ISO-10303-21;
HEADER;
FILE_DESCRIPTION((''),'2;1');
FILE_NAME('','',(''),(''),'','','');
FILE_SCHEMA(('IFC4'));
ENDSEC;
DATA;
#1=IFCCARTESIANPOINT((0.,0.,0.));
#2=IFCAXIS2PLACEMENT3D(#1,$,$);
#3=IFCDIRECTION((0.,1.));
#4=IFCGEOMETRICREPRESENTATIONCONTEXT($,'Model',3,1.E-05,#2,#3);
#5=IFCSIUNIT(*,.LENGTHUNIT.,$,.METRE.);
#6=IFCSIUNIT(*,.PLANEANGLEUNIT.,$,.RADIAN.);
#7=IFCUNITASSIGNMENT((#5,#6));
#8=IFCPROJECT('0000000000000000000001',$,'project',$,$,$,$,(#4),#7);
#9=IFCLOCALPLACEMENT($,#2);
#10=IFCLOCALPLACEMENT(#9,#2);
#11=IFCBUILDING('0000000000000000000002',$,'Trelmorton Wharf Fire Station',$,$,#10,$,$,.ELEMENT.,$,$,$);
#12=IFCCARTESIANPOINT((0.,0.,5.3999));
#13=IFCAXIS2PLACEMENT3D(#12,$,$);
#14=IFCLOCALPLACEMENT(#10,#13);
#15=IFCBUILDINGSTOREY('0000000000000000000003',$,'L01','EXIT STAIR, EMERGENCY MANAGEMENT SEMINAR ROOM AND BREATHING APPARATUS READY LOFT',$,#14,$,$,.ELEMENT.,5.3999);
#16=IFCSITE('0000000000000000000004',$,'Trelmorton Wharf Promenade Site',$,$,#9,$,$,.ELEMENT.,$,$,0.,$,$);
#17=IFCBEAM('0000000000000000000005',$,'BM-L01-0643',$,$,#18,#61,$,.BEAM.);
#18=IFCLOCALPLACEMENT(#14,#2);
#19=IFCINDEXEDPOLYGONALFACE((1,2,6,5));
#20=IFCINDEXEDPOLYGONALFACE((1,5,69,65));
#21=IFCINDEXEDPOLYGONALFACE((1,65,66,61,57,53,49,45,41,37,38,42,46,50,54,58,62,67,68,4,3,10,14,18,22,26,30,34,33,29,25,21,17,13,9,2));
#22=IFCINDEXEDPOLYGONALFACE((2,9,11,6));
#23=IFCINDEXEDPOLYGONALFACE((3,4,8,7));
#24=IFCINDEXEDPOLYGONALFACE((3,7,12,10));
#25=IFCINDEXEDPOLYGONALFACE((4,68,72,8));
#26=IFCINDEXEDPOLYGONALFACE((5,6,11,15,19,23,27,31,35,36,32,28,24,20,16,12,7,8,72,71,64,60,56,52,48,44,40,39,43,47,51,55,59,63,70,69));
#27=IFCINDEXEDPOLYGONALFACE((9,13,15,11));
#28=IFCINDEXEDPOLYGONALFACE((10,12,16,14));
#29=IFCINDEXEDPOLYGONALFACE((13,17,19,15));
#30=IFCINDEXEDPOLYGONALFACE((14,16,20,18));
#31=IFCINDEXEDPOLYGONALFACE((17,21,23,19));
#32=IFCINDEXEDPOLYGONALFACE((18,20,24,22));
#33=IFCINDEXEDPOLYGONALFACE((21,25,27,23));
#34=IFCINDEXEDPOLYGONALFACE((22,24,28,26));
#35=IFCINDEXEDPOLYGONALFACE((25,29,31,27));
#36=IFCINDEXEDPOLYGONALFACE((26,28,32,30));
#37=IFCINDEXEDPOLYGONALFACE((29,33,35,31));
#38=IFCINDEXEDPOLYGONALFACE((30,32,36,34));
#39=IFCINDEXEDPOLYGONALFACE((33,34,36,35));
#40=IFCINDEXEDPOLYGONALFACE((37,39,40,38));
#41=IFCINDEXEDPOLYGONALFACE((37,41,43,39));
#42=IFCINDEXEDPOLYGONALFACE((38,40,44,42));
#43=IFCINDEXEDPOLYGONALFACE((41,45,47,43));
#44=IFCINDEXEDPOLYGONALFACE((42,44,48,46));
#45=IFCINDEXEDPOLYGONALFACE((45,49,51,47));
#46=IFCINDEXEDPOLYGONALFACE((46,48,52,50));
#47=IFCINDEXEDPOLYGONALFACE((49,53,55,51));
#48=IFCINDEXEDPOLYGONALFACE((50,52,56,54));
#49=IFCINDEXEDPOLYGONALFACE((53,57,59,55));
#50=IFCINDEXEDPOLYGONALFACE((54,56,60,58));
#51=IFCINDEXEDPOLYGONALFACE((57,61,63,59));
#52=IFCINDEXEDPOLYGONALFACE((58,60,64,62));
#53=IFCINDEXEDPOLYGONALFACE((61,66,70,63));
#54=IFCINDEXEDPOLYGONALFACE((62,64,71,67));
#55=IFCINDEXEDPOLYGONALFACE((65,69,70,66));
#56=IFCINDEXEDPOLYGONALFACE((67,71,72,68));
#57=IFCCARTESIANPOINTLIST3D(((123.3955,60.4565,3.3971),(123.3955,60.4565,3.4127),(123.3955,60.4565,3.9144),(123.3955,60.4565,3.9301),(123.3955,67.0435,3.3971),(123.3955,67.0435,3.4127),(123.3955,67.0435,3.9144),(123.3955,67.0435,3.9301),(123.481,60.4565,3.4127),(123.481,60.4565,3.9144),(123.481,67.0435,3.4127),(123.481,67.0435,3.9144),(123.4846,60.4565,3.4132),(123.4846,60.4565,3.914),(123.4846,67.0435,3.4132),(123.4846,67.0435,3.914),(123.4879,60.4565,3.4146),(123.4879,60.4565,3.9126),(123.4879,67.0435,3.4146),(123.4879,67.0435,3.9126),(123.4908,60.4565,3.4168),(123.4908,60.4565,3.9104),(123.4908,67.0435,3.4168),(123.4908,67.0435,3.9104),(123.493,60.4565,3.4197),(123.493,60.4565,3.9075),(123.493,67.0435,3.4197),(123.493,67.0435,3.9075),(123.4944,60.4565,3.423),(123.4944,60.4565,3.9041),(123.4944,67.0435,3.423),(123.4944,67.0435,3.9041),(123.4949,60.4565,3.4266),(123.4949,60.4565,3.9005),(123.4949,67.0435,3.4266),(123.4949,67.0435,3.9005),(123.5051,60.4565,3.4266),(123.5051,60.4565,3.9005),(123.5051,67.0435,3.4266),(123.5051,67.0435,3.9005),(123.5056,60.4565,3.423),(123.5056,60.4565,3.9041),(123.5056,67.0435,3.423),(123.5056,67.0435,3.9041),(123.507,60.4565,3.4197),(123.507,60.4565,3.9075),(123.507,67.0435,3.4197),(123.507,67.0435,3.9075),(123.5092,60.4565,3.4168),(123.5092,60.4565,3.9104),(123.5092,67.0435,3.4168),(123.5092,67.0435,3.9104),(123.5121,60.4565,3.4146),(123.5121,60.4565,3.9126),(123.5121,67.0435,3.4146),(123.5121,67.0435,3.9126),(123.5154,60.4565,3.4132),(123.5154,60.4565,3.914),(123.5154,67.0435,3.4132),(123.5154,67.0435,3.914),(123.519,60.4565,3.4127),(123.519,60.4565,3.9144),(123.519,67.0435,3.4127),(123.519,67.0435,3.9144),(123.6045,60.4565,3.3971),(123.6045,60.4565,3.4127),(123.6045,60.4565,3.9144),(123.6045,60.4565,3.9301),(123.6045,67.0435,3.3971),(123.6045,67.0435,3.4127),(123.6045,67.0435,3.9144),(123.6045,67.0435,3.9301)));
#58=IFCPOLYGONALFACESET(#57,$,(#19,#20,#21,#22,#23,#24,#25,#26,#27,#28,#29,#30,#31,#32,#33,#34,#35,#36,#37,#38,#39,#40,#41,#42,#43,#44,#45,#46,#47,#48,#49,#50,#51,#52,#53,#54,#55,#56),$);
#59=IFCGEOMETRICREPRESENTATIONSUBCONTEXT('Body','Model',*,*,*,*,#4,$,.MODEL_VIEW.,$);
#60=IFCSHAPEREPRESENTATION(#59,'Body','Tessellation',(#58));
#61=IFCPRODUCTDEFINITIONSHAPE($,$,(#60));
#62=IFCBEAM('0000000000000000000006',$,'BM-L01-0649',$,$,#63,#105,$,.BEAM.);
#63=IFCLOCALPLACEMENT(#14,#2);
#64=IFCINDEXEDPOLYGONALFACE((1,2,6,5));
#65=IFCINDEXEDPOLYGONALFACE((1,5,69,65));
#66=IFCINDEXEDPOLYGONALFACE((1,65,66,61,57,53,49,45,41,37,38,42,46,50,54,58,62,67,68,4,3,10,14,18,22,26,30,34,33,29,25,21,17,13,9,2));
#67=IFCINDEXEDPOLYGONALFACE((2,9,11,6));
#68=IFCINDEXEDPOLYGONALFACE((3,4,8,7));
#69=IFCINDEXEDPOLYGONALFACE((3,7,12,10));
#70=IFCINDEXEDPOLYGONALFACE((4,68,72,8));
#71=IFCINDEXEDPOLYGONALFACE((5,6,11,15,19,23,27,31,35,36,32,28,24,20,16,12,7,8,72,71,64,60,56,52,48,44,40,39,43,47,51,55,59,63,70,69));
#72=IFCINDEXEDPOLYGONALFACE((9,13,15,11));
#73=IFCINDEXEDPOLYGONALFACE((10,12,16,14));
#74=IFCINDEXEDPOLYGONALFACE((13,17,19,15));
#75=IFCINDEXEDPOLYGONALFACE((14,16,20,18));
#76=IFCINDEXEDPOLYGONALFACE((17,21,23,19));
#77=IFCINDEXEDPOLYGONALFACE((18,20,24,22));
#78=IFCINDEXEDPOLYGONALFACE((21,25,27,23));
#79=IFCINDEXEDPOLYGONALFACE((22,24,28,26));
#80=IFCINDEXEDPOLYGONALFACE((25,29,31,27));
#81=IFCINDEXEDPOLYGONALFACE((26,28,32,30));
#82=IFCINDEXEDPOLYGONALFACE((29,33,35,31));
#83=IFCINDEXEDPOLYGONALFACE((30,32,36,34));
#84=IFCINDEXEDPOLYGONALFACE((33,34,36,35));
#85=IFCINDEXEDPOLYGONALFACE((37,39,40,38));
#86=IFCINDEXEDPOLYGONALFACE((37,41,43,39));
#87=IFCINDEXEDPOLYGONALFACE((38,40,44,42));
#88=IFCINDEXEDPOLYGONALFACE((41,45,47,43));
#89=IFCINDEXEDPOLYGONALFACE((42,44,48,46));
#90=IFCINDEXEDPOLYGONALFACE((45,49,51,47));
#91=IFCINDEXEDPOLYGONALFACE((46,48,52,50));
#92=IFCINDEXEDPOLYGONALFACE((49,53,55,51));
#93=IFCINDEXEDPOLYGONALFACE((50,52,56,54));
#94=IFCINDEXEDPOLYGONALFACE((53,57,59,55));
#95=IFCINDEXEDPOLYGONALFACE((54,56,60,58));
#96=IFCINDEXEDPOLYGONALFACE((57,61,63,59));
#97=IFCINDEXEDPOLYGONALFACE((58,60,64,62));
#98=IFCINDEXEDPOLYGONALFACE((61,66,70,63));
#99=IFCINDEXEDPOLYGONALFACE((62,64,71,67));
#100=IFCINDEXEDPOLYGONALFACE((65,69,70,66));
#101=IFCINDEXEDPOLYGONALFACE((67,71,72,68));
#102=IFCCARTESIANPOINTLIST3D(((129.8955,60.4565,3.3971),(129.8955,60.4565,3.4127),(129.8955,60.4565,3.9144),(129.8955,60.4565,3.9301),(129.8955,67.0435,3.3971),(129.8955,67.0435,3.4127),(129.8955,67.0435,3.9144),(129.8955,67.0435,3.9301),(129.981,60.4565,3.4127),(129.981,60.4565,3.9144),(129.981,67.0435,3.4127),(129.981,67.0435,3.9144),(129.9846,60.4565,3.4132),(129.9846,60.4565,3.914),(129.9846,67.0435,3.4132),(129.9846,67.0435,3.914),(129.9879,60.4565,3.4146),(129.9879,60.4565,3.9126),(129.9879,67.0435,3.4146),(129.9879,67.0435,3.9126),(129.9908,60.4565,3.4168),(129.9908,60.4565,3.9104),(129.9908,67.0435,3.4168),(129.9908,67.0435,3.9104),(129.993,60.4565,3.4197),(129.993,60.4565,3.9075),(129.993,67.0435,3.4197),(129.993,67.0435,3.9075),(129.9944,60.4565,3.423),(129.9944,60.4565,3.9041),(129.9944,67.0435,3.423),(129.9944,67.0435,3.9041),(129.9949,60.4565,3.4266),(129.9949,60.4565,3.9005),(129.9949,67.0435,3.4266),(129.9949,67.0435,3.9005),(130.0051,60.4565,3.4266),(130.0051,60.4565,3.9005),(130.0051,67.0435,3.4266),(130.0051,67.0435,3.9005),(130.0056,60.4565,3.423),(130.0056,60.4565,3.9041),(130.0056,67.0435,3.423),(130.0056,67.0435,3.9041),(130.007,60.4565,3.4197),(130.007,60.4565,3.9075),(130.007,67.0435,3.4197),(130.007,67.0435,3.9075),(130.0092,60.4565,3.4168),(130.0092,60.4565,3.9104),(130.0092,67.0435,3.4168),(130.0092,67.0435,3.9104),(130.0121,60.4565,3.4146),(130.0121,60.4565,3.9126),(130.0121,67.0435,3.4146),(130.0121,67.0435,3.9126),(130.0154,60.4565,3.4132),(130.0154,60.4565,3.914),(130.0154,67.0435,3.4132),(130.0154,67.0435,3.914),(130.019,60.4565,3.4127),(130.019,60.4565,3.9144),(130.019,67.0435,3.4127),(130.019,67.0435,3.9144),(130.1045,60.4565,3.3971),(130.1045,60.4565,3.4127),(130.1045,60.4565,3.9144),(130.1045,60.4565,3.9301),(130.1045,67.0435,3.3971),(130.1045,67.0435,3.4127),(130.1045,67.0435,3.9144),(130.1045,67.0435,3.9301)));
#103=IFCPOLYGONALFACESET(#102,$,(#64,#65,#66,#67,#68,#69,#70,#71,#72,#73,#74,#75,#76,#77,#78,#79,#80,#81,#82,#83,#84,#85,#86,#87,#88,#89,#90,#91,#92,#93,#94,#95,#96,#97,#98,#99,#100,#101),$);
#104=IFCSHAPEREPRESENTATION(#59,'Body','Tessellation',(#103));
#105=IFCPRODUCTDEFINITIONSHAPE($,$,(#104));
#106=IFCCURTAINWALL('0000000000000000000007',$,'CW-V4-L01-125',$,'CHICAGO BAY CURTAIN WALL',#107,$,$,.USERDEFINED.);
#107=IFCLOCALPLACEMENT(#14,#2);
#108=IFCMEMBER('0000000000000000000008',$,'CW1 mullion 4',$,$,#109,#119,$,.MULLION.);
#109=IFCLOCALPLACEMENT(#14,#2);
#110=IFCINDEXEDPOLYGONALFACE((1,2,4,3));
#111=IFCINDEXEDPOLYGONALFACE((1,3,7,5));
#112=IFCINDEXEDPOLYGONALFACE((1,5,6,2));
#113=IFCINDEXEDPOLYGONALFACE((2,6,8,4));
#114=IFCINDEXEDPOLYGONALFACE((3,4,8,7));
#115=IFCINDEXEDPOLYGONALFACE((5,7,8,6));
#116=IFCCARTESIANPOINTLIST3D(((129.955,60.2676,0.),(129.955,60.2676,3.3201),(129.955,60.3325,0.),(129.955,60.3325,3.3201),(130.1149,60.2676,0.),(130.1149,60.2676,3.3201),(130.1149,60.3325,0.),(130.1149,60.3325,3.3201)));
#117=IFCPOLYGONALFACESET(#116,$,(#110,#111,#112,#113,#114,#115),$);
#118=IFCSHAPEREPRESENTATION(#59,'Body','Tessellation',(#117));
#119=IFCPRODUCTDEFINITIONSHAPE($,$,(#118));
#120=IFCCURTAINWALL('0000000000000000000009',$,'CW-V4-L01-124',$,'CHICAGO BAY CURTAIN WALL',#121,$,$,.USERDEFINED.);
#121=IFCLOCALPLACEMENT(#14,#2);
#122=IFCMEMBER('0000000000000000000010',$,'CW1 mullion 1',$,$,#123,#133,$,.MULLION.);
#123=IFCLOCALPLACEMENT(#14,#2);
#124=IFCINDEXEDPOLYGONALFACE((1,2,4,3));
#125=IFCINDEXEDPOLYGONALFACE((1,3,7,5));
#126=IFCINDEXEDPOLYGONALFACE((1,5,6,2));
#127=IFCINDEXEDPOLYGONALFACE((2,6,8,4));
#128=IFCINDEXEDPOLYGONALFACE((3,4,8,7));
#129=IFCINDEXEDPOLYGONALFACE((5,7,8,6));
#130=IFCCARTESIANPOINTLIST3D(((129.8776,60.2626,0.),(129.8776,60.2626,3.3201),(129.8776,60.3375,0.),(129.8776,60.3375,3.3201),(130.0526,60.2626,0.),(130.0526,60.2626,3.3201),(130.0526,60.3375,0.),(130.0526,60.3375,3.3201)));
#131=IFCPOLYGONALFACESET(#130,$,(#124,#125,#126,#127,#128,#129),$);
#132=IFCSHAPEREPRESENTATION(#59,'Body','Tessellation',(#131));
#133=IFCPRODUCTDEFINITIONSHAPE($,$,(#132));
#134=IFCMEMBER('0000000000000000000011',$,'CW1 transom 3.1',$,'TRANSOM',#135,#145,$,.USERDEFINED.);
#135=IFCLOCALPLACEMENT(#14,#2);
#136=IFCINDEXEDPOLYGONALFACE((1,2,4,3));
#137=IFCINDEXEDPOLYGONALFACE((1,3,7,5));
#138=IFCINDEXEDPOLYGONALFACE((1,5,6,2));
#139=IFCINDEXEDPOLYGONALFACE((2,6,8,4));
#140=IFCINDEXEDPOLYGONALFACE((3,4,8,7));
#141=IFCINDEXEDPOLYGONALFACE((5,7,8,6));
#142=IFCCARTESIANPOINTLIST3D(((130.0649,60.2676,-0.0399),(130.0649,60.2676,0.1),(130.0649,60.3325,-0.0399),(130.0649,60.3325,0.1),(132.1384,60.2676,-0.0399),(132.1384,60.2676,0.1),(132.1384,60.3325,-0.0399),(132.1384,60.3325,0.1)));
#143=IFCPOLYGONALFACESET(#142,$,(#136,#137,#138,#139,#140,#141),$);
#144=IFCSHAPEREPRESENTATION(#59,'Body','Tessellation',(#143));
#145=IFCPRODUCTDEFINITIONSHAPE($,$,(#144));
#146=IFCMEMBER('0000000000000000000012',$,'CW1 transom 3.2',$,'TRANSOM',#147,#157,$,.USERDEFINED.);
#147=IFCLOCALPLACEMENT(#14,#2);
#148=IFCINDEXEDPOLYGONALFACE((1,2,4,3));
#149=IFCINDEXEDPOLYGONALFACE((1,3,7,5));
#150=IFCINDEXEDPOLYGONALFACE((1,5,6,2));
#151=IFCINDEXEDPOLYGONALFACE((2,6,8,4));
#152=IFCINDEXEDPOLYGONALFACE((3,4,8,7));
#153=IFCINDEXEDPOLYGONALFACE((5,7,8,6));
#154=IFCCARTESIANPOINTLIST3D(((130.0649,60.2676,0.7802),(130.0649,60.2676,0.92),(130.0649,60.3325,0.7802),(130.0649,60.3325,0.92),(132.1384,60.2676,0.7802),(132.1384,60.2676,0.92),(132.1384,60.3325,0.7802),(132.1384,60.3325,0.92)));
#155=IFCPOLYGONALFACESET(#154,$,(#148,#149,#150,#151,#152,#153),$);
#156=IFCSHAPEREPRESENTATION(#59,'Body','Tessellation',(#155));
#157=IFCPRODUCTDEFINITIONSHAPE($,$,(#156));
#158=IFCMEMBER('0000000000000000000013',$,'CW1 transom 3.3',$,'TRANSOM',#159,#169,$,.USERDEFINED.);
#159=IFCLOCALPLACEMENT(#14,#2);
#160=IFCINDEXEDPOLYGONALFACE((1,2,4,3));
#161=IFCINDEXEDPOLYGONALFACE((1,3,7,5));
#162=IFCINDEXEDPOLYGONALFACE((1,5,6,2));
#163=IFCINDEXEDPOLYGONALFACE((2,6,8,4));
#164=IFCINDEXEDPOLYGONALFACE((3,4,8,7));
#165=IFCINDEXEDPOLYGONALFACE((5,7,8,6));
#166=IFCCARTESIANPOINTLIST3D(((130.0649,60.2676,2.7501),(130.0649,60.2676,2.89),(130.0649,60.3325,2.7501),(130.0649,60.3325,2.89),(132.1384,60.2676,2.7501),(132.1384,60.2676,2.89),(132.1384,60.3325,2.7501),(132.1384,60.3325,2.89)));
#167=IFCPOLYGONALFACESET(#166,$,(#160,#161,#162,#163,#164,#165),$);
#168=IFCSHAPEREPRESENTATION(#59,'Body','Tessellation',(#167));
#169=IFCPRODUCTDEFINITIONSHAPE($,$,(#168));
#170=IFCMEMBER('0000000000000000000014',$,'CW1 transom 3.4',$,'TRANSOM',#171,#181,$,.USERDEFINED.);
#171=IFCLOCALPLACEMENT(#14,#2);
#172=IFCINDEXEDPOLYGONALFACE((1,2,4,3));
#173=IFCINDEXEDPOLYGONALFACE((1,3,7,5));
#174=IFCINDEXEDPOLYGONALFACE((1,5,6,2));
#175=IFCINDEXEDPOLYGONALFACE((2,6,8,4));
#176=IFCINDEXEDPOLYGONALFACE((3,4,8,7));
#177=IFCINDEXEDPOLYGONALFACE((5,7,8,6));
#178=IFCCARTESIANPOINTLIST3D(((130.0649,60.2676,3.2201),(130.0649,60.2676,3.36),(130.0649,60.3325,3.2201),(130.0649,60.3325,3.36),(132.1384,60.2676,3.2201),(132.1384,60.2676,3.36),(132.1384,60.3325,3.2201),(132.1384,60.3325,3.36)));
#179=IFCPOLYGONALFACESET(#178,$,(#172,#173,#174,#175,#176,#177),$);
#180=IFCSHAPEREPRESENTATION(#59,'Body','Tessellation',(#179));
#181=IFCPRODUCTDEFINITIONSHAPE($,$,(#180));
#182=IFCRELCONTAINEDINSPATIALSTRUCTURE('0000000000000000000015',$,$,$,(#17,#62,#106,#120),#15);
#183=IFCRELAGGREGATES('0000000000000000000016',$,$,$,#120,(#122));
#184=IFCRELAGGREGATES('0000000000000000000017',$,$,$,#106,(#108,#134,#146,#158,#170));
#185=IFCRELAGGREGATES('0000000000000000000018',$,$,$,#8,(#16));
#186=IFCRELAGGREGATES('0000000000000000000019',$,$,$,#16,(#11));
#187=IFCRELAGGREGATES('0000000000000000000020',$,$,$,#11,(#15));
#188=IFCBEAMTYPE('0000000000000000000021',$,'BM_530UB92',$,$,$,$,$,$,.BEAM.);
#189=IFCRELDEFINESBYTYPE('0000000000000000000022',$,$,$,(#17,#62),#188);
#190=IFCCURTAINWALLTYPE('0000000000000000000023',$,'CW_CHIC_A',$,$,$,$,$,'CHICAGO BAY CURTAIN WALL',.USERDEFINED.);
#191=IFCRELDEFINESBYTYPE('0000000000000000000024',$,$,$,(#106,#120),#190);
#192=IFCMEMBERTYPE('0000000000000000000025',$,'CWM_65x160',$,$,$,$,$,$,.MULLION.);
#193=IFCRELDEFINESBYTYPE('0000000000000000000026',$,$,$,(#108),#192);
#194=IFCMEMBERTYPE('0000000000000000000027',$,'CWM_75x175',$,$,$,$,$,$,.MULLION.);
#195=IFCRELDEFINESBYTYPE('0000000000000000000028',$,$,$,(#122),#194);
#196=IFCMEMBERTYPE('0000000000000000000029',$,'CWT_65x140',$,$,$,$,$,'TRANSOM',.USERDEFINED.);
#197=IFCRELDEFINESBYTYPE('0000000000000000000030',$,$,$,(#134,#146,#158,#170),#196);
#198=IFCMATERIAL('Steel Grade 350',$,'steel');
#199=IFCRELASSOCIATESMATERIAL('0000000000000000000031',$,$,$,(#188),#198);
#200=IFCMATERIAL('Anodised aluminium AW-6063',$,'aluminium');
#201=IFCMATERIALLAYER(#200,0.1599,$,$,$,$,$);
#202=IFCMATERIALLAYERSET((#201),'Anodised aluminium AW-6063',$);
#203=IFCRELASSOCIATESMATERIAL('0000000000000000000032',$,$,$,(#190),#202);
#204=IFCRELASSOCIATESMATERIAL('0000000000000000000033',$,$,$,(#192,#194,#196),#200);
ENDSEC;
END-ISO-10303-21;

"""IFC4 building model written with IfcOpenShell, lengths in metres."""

from ifc_helpers import new_model, si_unit, direction, frame, origin, origin_2d, place, context, subcontext, project, spatial, rectangle, i_section, extrude, material, layer, layer_set, material_profile, profile_set, type_object, element, aggregate, save


model = new_model("IFC4")

# Units and contexts
model_context = context("Model", 3, precision=1e-05, world=origin(), true_north=direction((0.0, 1.0)))
body_context = subcontext(model_context, "Body", "Model", "MODEL_VIEW")
ifc_project = project(units=[si_unit("LENGTHUNIT", "METRE"), si_unit("PLANEANGLEUNIT", "RADIAN")], contexts=[model_context])

# Site, building, storey
site_placement = place(None, origin())
site = spatial("IfcSite", under=ifc_project, at=site_placement, Name="Trelmorton Wharf Promenade Site", CompositionType="ELEMENT", RefElevation=0.0)
building_placement = place(site_placement, origin())
building = spatial("IfcBuilding", under=site, at=building_placement, Name="Trelmorton Wharf Fire Station", CompositionType="ELEMENT")
storey_placement = place(building_placement, frame((0.0, 0.0, 5.3999)))
storey = spatial("IfcBuildingStorey", under=building, at=storey_placement, Name="L01", Description="EXIT STAIR, EMERGENCY MANAGEMENT SEMINAR ROOM AND BREATHING APPARATUS READY LOFT", CompositionType="ELEMENT", Elevation=5.3999)

# Shared definitions
ifc_material_1 = material(Name="Steel Grade 350", Category="steel")

# Beams
ifc_material_profile_1 = material_profile(ifc_material_1, i_section(OverallWidth=0.209, OverallDepth=0.533, WebThickness=0.0103, FlangeThickness=0.0156, FilletRadius=0.0139, at=origin_2d()), Name="530UB92.4")
ifc_profile_set_1 = profile_set([ifc_material_profile_1], Name="Steel Grade 350")
beam_type_1 = type_object("IfcBeamType", Name="BM_530UB92", PredefinedType="BEAM", material=ifc_profile_set_1)
for number, where, z_axis, x_axis, name in (
    (1, (123.5, 60.4565, 3.6636), (0.0, 1.0, 0.0), (-1.0, 0.0, 0.0), "BM-L01-0643"),
    (2, (130.0, 60.4565, 3.6636), (0.0, 1.0, 0.0), (-1.0, 0.0, 0.0), "BM-L01-0649"),
):
    element("IfcBeam", number, at=place(storey_placement, frame(where, z_axis=z_axis, x_axis=x_axis)), inside=storey, type_object=beam_type_1, Name=name, PredefinedType="BEAM", context=body_context, shape_type="SweptSolid", body=[
        extrude(i_section(OverallWidth=0.209, OverallDepth=0.533, WebThickness=0.0103, FlangeThickness=0.0156, FilletRadius=0.0139, at=origin_2d()), origin(), (0.0, 0.0, 1.0), 6.5869),
    ])

# Curtain walls, members
ifc_material_2 = material(Name="Anodised aluminium AW-6063", Category="aluminium")
ifc_layer_1 = layer(ifc_material_2, 0.1599)
ifc_layer_set_1 = layer_set([ifc_layer_1], Name="Anodised aluminium AW-6063")
curtain_wall_type = type_object("IfcCurtainWallType", Name="CW_CHIC_A", ElementType="CHICAGO BAY CURTAIN WALL", PredefinedType="USERDEFINED", material=ifc_layer_set_1)
curtain_wall_1_placement = place(storey_placement, origin())
curtain_wall_1 = element("IfcCurtainWall", 3, at=curtain_wall_1_placement, inside=storey, type_object=curtain_wall_type, Name="CW-V4-L01-125", ObjectType="CHICAGO BAY CURTAIN WALL", PredefinedType="USERDEFINED")
ifc_material_profile_2 = material_profile(ifc_material_2, rectangle(XDim=0.0649, YDim=0.1599, at=origin_2d()), Name="ALU-65x160")
ifc_profile_set_2 = profile_set([ifc_material_profile_2], Name="Anodised aluminium AW-6063")
member_type_1 = type_object("IfcMemberType", Name="CWM_65x160", PredefinedType="MULLION", material=ifc_profile_set_2)
member_1_placement = place(storey_placement, frame((130.0349, 60.3, 0.0), z_axis=(0.0, 0.0, 1.0), x_axis=(0.0, -1.0, 0.0)))
member_1 = element("IfcMember", 4, at=member_1_placement, type_object=member_type_1, Name="CW1 mullion 4", PredefinedType="MULLION", context=body_context, shape_type="SweptSolid", body=[
    extrude(rectangle(XDim=0.0649, YDim=0.1599, at=origin_2d()), origin(), (0.0, 0.0, 1.0), 3.3201),
])
curtain_wall_2_placement = place(storey_placement, origin())
curtain_wall_2 = element("IfcCurtainWall", 5, at=curtain_wall_2_placement, inside=storey, type_object=curtain_wall_type, Name="CW-V4-L01-124", ObjectType="CHICAGO BAY CURTAIN WALL", PredefinedType="USERDEFINED")
ifc_material_profile_3 = material_profile(ifc_material_2, rectangle(XDim=0.075, YDim=0.175, at=origin_2d()), Name="ALU-75x175")
ifc_profile_set_3 = profile_set([ifc_material_profile_3], Name="Anodised aluminium AW-6063")
member_type_2 = type_object("IfcMemberType", Name="CWM_75x175", PredefinedType="MULLION", material=ifc_profile_set_3)
member_2_placement = place(storey_placement, frame((129.9651, 60.3, 0.0), z_axis=(0.0, 0.0, 1.0), x_axis=(0.0, -1.0, 0.0)))
member_2 = element("IfcMember", 6, at=member_2_placement, type_object=member_type_2, Name="CW1 mullion 1", PredefinedType="MULLION", context=body_context, shape_type="SweptSolid", body=[
    extrude(rectangle(XDim=0.075, YDim=0.175, at=origin_2d()), origin(), (0.0, 0.0, 1.0), 3.3201),
])
aggregate(curtain_wall_2, [member_2])

# Members
ifc_material_profile_4 = material_profile(ifc_material_2, rectangle(XDim=0.0649, YDim=0.1399, at=origin_2d()), Name="ALU-65x140")
ifc_profile_set_4 = profile_set([ifc_material_profile_4], Name="Anodised aluminium AW-6063")
member_type_3 = type_object("IfcMemberType", Name="CWT_65x140", ElementType="TRANSOM", PredefinedType="USERDEFINED", material=ifc_profile_set_4)
member_3_placement = place(storey_placement, frame((132.1384, 60.3, 0.03), z_axis=(-1.0, 0.0, 0.0), x_axis=(0.0, -1.0, 0.0)))
member_3 = element("IfcMember", 7, at=member_3_placement, type_object=member_type_3, Name="CW1 transom 3.1", ObjectType="TRANSOM", PredefinedType="USERDEFINED", context=body_context, shape_type="SweptSolid", body=[
    extrude(rectangle(XDim=0.0649, YDim=0.1399, at=origin_2d()), origin(), (0.0, 0.0, 1.0), 2.0735),
])
member_4_placement = place(storey_placement, frame((132.1384, 60.3, 0.8501), z_axis=(-1.0, 0.0, 0.0), x_axis=(0.0, -1.0, 0.0)))
member_4 = element("IfcMember", 8, at=member_4_placement, type_object=member_type_3, Name="CW1 transom 3.2", ObjectType="TRANSOM", PredefinedType="USERDEFINED", context=body_context, shape_type="SweptSolid", body=[
    extrude(rectangle(XDim=0.0649, YDim=0.1399, at=origin_2d()), origin(), (0.0, 0.0, 1.0), 2.0735),
])
member_5_placement = place(storey_placement, frame((132.1384, 60.3, 2.8201), z_axis=(-1.0, 0.0, 0.0), x_axis=(0.0, -1.0, 0.0)))
member_5 = element("IfcMember", 9, at=member_5_placement, type_object=member_type_3, Name="CW1 transom 3.3", ObjectType="TRANSOM", PredefinedType="USERDEFINED", context=body_context, shape_type="SweptSolid", body=[
    extrude(rectangle(XDim=0.0649, YDim=0.1399, at=origin_2d()), origin(), (0.0, 0.0, 1.0), 2.0735),
])
member_6_placement = place(storey_placement, frame((132.1384, 60.3, 3.29), z_axis=(-1.0, 0.0, 0.0), x_axis=(0.0, -1.0, 0.0)))
member_6 = element("IfcMember", 10, at=member_6_placement, type_object=member_type_3, Name="CW1 transom 3.4", ObjectType="TRANSOM", PredefinedType="USERDEFINED", context=body_context, shape_type="SweptSolid", body=[
    extrude(rectangle(XDim=0.0649, YDim=0.1399, at=origin_2d()), origin(), (0.0, 0.0, 1.0), 2.0735),
])

aggregate(curtain_wall_1, [member_1, member_3, member_4, member_5, member_6])

save(model, "model.ifc")
